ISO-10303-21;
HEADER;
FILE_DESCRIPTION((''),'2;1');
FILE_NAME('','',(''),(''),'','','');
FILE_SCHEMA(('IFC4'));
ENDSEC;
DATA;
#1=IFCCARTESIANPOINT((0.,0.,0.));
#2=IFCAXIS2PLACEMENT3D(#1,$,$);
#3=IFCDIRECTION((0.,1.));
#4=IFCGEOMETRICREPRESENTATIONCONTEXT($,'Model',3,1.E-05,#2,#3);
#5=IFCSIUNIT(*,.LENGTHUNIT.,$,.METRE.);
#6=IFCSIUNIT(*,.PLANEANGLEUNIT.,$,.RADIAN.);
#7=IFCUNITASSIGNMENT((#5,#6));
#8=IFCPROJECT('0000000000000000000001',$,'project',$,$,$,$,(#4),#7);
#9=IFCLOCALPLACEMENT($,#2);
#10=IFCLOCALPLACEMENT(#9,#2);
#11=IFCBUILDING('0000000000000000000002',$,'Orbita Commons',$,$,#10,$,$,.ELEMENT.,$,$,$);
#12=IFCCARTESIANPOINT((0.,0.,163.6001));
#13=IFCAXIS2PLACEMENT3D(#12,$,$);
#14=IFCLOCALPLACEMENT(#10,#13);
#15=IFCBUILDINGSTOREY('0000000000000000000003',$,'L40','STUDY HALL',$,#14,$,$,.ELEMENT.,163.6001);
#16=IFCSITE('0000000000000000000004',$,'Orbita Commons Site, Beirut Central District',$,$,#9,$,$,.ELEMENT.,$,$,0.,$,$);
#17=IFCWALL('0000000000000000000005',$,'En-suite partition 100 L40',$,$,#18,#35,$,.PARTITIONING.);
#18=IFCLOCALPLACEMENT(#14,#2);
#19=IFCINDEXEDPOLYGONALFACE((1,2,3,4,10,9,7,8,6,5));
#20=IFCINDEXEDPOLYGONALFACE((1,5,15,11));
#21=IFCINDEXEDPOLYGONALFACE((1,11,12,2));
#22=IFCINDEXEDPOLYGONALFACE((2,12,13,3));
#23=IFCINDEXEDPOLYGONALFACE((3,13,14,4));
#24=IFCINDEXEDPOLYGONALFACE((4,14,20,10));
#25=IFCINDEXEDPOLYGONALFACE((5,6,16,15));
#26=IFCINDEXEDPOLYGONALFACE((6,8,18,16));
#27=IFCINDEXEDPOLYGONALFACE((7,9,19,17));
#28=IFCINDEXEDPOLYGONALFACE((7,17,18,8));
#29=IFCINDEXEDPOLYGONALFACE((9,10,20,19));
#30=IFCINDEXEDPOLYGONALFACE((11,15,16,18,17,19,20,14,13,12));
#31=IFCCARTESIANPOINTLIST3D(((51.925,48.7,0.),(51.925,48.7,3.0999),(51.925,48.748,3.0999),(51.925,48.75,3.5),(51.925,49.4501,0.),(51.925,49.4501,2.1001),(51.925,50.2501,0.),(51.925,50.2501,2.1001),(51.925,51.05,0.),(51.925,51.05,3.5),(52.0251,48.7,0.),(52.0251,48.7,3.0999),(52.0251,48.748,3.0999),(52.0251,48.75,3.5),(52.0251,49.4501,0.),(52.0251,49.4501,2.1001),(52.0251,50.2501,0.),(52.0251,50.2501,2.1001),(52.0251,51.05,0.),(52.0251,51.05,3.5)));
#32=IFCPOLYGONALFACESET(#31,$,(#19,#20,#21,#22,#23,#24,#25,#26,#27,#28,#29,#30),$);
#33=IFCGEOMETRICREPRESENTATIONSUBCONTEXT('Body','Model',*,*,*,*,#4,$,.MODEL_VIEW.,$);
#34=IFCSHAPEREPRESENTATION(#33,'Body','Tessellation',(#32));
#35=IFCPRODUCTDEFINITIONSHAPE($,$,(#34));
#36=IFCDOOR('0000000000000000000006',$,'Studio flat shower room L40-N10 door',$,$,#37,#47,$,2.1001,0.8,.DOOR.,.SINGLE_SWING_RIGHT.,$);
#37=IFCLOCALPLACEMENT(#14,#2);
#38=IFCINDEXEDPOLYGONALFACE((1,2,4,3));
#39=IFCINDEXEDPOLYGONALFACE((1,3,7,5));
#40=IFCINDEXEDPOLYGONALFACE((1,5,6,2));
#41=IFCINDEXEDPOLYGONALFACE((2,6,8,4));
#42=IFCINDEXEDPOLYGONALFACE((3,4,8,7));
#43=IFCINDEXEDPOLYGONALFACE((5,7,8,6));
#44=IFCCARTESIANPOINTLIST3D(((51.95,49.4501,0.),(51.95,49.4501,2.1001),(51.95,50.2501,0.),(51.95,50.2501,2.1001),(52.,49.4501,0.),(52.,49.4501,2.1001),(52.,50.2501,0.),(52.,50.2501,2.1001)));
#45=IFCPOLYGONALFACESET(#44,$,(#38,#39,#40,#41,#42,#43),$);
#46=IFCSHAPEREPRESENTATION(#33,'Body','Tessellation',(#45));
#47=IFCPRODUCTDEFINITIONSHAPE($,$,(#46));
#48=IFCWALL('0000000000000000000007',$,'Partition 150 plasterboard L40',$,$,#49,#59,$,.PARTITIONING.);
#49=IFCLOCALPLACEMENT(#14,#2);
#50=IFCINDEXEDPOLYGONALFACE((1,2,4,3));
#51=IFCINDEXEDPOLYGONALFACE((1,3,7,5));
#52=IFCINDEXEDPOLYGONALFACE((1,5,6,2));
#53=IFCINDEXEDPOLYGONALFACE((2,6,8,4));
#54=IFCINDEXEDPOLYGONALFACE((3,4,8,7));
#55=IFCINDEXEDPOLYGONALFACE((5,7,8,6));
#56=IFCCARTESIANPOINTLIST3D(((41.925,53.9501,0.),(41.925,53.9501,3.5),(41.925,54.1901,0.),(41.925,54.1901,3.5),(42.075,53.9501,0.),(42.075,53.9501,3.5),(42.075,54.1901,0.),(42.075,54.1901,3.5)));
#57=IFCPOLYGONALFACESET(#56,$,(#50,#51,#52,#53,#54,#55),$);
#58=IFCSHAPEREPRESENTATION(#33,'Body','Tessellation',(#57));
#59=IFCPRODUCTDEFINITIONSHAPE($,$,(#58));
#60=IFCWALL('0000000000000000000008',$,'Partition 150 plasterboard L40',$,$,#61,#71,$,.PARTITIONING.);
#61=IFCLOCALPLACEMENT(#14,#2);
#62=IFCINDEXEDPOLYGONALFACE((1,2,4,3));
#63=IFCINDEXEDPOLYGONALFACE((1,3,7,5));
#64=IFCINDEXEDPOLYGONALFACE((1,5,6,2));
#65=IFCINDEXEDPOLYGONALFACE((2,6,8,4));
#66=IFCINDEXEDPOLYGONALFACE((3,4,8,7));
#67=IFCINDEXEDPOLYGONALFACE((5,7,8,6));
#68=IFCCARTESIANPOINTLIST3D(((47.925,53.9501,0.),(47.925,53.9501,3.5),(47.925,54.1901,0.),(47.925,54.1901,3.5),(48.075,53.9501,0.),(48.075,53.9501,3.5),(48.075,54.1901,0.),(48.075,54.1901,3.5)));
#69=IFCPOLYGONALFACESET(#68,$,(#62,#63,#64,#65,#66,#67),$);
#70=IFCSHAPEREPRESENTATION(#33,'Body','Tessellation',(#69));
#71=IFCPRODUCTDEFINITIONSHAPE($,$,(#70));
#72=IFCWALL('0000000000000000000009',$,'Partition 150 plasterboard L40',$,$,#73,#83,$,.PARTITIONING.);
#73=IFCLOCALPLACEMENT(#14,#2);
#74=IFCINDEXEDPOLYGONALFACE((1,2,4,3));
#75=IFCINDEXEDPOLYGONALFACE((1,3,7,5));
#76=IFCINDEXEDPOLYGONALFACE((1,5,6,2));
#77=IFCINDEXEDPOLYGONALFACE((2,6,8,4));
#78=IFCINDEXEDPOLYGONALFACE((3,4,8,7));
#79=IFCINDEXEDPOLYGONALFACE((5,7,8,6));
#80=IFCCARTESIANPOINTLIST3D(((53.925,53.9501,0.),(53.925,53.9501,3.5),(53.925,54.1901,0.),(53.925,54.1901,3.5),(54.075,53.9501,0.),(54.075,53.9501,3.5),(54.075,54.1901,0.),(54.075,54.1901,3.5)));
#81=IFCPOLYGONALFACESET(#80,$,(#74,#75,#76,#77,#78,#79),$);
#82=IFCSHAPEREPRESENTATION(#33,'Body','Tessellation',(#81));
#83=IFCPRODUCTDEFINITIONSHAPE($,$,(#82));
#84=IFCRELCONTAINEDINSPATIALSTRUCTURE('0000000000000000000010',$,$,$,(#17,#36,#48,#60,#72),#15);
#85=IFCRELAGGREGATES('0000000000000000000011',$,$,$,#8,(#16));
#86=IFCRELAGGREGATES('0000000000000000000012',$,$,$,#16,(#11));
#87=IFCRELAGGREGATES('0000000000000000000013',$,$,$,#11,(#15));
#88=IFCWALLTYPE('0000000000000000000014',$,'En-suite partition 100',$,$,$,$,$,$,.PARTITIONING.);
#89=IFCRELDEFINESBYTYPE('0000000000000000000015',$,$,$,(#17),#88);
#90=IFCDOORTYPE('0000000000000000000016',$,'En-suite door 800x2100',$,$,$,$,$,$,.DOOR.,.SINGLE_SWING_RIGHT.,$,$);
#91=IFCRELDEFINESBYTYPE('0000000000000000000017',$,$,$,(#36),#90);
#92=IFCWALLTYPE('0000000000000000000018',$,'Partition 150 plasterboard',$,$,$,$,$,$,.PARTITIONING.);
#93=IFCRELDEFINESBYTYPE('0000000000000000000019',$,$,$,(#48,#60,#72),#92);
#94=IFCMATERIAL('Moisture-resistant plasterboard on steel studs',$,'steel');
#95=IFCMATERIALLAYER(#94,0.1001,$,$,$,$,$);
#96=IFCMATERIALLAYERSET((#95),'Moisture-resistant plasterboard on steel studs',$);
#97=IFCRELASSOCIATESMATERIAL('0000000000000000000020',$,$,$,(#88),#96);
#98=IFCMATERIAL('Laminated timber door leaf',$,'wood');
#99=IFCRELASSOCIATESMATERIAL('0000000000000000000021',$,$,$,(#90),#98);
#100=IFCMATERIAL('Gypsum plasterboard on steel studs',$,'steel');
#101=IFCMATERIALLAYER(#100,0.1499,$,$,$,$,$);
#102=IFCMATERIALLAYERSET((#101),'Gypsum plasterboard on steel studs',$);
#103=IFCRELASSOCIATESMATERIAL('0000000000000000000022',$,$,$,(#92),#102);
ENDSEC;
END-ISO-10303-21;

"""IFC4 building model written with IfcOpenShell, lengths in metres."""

from ifc_helpers import new_model, si_unit, direction, frame, frame_2d, origin, place, context, subcontext, project, spatial, polyline, rectangle, outline, extrude, material, layer, layer_set, type_object, element, fill, save


model = new_model("IFC4")

# Units and contexts
model_context = context("Model", 3, precision=1e-05, world=origin(), true_north=direction((0.0, 1.0)))
body_context = subcontext(model_context, "Body", "Model", "MODEL_VIEW")
ifc_project = project(units=[si_unit("LENGTHUNIT", "METRE"), si_unit("PLANEANGLEUNIT", "RADIAN")], contexts=[model_context])

# Site, building, storey
site_placement = place(None, origin())
site = spatial("IfcSite", under=ifc_project, at=site_placement, Name="Orbita Commons Site, Beirut Central District", CompositionType="ELEMENT", RefElevation=0.0)
building_placement = place(site_placement, origin())
building = spatial("IfcBuilding", under=site, at=building_placement, Name="Orbita Commons", CompositionType="ELEMENT")
storey_placement = place(building_placement, frame((0.0, 0.0, 163.6001)))
storey = spatial("IfcBuildingStorey", under=building, at=storey_placement, Name="L40", Description="STUDY HALL", CompositionType="ELEMENT", Elevation=163.6001)

# Wall, opening, door
ifc_material_1 = material(Name="Moisture-resistant plasterboard on steel studs", Category="steel")
ifc_layer_1 = layer(ifc_material_1, 0.1001)
ifc_layer_set_1 = layer_set([ifc_layer_1], Name="Moisture-resistant plasterboard on steel studs")
wall_type_1 = type_object("IfcWallType", Name="En-suite partition 100", PredefinedType="PARTITIONING", material=ifc_layer_set_1)
ifc_material_2 = material(Name="Laminated timber door leaf", Category="wood")
door_type = type_object("IfcDoorType", Name="En-suite door 800x2100", OperationType="SINGLE_SWING_RIGHT", PredefinedType="DOOR", material=ifc_material_2)
wall_1_placement = place(storey_placement, frame((51.9751, 51.05, 0.0), z_axis=(0.0, 0.0, 1.0), x_axis=(0.0, -1.0, 0.0)))
wall_1 = element("IfcWall", 1, at=wall_1_placement, inside=storey, type_object=wall_type_1, Name="En-suite partition 100 L40", PredefinedType="PARTITIONING", context=body_context, shape_type="SweptSolid", body=[
    extrude(outline(polyline([(0.0, 0.0), (2.3501, 0.0), (2.3501, 3.0999), (2.302, 3.0999), (2.3, 3.5), (0.0, 3.5), (0.0, 0.0)])), frame((0.0, 0.05, 0.0), z_axis=(0.0, -1.0, 0.0), x_axis=(1.0, 0.0, 0.0)), (0.0, 0.0, 1.0), 0.1001),
])
opening_1_placement = place(wall_1_placement, frame((0.8, 0.0, 0.0)))
opening_1 = element("IfcOpeningElement", 2, at=opening_1_placement, cuts=wall_1, PredefinedType="OPENING", context=body_context, shape_type="SweptSolid", body=[
    extrude(rectangle(XDim=0.8, YDim=2.1001, at=frame_2d((0.3999, 1.05))), frame((0.0, 0.0601, 0.0), z_axis=(0.0, -1.0, 0.0), x_axis=(1.0, 0.0, 0.0)), (0.0, 0.0, 1.0), 0.1201),
])
door_1_placement = place(opening_1_placement, origin())
door_1 = element("IfcDoor", 3, at=door_1_placement, inside=storey, type_object=door_type, Name="Studio flat shower room L40-N10 door", OperationType="SINGLE_SWING_RIGHT", OverallHeight=2.1001, OverallWidth=0.8, PredefinedType="DOOR", context=body_context, shape_type="SweptSolid", body=[
    extrude(rectangle(XDim=0.8, YDim=2.1001, at=frame_2d((0.3999, 1.05))), frame((0.0, 0.0249, 0.0), z_axis=(0.0, -1.0, 0.0), x_axis=(1.0, 0.0, 0.0)), (0.0, 0.0, 1.0), 0.05),
])
fill(opening_1, door_1)

# Walls
ifc_material_3 = material(Name="Gypsum plasterboard on steel studs", Category="steel")
ifc_layer_2 = layer(ifc_material_3, 0.1499)
ifc_layer_set_2 = layer_set([ifc_layer_2], Name="Gypsum plasterboard on steel studs")
wall_type_2 = type_object("IfcWallType", Name="Partition 150 plasterboard", PredefinedType="PARTITIONING", material=ifc_layer_set_2)
for number, where, z_axis, x_axis, name in (
    (4, (42.0, 53.95, 0.0), (0.0, 0.0, 1.0), (0.0, 1.0, 0.0), "Partition 150 plasterboard L40"),
    (5, (48.0, 53.95, 0.0), (0.0, 0.0, 1.0), (0.0, 1.0, 0.0), "Partition 150 plasterboard L40"),
    (6, (54.0, 53.95, 0.0), (0.0, 0.0, 1.0), (0.0, 1.0, 0.0), "Partition 150 plasterboard L40"),
):
    element("IfcWall", number, at=place(storey_placement, frame(where, z_axis=z_axis, x_axis=x_axis)), inside=storey, type_object=wall_type_2, Name=name, PredefinedType="PARTITIONING", context=body_context, shape_type="SweptSolid", body=[
        extrude(rectangle(XDim=0.24, YDim=0.1499, at=frame_2d((0.1201, 0.0))), origin(), (0.0, 0.0, 1.0), 3.5),
    ])

save(model, "model.ifc")
